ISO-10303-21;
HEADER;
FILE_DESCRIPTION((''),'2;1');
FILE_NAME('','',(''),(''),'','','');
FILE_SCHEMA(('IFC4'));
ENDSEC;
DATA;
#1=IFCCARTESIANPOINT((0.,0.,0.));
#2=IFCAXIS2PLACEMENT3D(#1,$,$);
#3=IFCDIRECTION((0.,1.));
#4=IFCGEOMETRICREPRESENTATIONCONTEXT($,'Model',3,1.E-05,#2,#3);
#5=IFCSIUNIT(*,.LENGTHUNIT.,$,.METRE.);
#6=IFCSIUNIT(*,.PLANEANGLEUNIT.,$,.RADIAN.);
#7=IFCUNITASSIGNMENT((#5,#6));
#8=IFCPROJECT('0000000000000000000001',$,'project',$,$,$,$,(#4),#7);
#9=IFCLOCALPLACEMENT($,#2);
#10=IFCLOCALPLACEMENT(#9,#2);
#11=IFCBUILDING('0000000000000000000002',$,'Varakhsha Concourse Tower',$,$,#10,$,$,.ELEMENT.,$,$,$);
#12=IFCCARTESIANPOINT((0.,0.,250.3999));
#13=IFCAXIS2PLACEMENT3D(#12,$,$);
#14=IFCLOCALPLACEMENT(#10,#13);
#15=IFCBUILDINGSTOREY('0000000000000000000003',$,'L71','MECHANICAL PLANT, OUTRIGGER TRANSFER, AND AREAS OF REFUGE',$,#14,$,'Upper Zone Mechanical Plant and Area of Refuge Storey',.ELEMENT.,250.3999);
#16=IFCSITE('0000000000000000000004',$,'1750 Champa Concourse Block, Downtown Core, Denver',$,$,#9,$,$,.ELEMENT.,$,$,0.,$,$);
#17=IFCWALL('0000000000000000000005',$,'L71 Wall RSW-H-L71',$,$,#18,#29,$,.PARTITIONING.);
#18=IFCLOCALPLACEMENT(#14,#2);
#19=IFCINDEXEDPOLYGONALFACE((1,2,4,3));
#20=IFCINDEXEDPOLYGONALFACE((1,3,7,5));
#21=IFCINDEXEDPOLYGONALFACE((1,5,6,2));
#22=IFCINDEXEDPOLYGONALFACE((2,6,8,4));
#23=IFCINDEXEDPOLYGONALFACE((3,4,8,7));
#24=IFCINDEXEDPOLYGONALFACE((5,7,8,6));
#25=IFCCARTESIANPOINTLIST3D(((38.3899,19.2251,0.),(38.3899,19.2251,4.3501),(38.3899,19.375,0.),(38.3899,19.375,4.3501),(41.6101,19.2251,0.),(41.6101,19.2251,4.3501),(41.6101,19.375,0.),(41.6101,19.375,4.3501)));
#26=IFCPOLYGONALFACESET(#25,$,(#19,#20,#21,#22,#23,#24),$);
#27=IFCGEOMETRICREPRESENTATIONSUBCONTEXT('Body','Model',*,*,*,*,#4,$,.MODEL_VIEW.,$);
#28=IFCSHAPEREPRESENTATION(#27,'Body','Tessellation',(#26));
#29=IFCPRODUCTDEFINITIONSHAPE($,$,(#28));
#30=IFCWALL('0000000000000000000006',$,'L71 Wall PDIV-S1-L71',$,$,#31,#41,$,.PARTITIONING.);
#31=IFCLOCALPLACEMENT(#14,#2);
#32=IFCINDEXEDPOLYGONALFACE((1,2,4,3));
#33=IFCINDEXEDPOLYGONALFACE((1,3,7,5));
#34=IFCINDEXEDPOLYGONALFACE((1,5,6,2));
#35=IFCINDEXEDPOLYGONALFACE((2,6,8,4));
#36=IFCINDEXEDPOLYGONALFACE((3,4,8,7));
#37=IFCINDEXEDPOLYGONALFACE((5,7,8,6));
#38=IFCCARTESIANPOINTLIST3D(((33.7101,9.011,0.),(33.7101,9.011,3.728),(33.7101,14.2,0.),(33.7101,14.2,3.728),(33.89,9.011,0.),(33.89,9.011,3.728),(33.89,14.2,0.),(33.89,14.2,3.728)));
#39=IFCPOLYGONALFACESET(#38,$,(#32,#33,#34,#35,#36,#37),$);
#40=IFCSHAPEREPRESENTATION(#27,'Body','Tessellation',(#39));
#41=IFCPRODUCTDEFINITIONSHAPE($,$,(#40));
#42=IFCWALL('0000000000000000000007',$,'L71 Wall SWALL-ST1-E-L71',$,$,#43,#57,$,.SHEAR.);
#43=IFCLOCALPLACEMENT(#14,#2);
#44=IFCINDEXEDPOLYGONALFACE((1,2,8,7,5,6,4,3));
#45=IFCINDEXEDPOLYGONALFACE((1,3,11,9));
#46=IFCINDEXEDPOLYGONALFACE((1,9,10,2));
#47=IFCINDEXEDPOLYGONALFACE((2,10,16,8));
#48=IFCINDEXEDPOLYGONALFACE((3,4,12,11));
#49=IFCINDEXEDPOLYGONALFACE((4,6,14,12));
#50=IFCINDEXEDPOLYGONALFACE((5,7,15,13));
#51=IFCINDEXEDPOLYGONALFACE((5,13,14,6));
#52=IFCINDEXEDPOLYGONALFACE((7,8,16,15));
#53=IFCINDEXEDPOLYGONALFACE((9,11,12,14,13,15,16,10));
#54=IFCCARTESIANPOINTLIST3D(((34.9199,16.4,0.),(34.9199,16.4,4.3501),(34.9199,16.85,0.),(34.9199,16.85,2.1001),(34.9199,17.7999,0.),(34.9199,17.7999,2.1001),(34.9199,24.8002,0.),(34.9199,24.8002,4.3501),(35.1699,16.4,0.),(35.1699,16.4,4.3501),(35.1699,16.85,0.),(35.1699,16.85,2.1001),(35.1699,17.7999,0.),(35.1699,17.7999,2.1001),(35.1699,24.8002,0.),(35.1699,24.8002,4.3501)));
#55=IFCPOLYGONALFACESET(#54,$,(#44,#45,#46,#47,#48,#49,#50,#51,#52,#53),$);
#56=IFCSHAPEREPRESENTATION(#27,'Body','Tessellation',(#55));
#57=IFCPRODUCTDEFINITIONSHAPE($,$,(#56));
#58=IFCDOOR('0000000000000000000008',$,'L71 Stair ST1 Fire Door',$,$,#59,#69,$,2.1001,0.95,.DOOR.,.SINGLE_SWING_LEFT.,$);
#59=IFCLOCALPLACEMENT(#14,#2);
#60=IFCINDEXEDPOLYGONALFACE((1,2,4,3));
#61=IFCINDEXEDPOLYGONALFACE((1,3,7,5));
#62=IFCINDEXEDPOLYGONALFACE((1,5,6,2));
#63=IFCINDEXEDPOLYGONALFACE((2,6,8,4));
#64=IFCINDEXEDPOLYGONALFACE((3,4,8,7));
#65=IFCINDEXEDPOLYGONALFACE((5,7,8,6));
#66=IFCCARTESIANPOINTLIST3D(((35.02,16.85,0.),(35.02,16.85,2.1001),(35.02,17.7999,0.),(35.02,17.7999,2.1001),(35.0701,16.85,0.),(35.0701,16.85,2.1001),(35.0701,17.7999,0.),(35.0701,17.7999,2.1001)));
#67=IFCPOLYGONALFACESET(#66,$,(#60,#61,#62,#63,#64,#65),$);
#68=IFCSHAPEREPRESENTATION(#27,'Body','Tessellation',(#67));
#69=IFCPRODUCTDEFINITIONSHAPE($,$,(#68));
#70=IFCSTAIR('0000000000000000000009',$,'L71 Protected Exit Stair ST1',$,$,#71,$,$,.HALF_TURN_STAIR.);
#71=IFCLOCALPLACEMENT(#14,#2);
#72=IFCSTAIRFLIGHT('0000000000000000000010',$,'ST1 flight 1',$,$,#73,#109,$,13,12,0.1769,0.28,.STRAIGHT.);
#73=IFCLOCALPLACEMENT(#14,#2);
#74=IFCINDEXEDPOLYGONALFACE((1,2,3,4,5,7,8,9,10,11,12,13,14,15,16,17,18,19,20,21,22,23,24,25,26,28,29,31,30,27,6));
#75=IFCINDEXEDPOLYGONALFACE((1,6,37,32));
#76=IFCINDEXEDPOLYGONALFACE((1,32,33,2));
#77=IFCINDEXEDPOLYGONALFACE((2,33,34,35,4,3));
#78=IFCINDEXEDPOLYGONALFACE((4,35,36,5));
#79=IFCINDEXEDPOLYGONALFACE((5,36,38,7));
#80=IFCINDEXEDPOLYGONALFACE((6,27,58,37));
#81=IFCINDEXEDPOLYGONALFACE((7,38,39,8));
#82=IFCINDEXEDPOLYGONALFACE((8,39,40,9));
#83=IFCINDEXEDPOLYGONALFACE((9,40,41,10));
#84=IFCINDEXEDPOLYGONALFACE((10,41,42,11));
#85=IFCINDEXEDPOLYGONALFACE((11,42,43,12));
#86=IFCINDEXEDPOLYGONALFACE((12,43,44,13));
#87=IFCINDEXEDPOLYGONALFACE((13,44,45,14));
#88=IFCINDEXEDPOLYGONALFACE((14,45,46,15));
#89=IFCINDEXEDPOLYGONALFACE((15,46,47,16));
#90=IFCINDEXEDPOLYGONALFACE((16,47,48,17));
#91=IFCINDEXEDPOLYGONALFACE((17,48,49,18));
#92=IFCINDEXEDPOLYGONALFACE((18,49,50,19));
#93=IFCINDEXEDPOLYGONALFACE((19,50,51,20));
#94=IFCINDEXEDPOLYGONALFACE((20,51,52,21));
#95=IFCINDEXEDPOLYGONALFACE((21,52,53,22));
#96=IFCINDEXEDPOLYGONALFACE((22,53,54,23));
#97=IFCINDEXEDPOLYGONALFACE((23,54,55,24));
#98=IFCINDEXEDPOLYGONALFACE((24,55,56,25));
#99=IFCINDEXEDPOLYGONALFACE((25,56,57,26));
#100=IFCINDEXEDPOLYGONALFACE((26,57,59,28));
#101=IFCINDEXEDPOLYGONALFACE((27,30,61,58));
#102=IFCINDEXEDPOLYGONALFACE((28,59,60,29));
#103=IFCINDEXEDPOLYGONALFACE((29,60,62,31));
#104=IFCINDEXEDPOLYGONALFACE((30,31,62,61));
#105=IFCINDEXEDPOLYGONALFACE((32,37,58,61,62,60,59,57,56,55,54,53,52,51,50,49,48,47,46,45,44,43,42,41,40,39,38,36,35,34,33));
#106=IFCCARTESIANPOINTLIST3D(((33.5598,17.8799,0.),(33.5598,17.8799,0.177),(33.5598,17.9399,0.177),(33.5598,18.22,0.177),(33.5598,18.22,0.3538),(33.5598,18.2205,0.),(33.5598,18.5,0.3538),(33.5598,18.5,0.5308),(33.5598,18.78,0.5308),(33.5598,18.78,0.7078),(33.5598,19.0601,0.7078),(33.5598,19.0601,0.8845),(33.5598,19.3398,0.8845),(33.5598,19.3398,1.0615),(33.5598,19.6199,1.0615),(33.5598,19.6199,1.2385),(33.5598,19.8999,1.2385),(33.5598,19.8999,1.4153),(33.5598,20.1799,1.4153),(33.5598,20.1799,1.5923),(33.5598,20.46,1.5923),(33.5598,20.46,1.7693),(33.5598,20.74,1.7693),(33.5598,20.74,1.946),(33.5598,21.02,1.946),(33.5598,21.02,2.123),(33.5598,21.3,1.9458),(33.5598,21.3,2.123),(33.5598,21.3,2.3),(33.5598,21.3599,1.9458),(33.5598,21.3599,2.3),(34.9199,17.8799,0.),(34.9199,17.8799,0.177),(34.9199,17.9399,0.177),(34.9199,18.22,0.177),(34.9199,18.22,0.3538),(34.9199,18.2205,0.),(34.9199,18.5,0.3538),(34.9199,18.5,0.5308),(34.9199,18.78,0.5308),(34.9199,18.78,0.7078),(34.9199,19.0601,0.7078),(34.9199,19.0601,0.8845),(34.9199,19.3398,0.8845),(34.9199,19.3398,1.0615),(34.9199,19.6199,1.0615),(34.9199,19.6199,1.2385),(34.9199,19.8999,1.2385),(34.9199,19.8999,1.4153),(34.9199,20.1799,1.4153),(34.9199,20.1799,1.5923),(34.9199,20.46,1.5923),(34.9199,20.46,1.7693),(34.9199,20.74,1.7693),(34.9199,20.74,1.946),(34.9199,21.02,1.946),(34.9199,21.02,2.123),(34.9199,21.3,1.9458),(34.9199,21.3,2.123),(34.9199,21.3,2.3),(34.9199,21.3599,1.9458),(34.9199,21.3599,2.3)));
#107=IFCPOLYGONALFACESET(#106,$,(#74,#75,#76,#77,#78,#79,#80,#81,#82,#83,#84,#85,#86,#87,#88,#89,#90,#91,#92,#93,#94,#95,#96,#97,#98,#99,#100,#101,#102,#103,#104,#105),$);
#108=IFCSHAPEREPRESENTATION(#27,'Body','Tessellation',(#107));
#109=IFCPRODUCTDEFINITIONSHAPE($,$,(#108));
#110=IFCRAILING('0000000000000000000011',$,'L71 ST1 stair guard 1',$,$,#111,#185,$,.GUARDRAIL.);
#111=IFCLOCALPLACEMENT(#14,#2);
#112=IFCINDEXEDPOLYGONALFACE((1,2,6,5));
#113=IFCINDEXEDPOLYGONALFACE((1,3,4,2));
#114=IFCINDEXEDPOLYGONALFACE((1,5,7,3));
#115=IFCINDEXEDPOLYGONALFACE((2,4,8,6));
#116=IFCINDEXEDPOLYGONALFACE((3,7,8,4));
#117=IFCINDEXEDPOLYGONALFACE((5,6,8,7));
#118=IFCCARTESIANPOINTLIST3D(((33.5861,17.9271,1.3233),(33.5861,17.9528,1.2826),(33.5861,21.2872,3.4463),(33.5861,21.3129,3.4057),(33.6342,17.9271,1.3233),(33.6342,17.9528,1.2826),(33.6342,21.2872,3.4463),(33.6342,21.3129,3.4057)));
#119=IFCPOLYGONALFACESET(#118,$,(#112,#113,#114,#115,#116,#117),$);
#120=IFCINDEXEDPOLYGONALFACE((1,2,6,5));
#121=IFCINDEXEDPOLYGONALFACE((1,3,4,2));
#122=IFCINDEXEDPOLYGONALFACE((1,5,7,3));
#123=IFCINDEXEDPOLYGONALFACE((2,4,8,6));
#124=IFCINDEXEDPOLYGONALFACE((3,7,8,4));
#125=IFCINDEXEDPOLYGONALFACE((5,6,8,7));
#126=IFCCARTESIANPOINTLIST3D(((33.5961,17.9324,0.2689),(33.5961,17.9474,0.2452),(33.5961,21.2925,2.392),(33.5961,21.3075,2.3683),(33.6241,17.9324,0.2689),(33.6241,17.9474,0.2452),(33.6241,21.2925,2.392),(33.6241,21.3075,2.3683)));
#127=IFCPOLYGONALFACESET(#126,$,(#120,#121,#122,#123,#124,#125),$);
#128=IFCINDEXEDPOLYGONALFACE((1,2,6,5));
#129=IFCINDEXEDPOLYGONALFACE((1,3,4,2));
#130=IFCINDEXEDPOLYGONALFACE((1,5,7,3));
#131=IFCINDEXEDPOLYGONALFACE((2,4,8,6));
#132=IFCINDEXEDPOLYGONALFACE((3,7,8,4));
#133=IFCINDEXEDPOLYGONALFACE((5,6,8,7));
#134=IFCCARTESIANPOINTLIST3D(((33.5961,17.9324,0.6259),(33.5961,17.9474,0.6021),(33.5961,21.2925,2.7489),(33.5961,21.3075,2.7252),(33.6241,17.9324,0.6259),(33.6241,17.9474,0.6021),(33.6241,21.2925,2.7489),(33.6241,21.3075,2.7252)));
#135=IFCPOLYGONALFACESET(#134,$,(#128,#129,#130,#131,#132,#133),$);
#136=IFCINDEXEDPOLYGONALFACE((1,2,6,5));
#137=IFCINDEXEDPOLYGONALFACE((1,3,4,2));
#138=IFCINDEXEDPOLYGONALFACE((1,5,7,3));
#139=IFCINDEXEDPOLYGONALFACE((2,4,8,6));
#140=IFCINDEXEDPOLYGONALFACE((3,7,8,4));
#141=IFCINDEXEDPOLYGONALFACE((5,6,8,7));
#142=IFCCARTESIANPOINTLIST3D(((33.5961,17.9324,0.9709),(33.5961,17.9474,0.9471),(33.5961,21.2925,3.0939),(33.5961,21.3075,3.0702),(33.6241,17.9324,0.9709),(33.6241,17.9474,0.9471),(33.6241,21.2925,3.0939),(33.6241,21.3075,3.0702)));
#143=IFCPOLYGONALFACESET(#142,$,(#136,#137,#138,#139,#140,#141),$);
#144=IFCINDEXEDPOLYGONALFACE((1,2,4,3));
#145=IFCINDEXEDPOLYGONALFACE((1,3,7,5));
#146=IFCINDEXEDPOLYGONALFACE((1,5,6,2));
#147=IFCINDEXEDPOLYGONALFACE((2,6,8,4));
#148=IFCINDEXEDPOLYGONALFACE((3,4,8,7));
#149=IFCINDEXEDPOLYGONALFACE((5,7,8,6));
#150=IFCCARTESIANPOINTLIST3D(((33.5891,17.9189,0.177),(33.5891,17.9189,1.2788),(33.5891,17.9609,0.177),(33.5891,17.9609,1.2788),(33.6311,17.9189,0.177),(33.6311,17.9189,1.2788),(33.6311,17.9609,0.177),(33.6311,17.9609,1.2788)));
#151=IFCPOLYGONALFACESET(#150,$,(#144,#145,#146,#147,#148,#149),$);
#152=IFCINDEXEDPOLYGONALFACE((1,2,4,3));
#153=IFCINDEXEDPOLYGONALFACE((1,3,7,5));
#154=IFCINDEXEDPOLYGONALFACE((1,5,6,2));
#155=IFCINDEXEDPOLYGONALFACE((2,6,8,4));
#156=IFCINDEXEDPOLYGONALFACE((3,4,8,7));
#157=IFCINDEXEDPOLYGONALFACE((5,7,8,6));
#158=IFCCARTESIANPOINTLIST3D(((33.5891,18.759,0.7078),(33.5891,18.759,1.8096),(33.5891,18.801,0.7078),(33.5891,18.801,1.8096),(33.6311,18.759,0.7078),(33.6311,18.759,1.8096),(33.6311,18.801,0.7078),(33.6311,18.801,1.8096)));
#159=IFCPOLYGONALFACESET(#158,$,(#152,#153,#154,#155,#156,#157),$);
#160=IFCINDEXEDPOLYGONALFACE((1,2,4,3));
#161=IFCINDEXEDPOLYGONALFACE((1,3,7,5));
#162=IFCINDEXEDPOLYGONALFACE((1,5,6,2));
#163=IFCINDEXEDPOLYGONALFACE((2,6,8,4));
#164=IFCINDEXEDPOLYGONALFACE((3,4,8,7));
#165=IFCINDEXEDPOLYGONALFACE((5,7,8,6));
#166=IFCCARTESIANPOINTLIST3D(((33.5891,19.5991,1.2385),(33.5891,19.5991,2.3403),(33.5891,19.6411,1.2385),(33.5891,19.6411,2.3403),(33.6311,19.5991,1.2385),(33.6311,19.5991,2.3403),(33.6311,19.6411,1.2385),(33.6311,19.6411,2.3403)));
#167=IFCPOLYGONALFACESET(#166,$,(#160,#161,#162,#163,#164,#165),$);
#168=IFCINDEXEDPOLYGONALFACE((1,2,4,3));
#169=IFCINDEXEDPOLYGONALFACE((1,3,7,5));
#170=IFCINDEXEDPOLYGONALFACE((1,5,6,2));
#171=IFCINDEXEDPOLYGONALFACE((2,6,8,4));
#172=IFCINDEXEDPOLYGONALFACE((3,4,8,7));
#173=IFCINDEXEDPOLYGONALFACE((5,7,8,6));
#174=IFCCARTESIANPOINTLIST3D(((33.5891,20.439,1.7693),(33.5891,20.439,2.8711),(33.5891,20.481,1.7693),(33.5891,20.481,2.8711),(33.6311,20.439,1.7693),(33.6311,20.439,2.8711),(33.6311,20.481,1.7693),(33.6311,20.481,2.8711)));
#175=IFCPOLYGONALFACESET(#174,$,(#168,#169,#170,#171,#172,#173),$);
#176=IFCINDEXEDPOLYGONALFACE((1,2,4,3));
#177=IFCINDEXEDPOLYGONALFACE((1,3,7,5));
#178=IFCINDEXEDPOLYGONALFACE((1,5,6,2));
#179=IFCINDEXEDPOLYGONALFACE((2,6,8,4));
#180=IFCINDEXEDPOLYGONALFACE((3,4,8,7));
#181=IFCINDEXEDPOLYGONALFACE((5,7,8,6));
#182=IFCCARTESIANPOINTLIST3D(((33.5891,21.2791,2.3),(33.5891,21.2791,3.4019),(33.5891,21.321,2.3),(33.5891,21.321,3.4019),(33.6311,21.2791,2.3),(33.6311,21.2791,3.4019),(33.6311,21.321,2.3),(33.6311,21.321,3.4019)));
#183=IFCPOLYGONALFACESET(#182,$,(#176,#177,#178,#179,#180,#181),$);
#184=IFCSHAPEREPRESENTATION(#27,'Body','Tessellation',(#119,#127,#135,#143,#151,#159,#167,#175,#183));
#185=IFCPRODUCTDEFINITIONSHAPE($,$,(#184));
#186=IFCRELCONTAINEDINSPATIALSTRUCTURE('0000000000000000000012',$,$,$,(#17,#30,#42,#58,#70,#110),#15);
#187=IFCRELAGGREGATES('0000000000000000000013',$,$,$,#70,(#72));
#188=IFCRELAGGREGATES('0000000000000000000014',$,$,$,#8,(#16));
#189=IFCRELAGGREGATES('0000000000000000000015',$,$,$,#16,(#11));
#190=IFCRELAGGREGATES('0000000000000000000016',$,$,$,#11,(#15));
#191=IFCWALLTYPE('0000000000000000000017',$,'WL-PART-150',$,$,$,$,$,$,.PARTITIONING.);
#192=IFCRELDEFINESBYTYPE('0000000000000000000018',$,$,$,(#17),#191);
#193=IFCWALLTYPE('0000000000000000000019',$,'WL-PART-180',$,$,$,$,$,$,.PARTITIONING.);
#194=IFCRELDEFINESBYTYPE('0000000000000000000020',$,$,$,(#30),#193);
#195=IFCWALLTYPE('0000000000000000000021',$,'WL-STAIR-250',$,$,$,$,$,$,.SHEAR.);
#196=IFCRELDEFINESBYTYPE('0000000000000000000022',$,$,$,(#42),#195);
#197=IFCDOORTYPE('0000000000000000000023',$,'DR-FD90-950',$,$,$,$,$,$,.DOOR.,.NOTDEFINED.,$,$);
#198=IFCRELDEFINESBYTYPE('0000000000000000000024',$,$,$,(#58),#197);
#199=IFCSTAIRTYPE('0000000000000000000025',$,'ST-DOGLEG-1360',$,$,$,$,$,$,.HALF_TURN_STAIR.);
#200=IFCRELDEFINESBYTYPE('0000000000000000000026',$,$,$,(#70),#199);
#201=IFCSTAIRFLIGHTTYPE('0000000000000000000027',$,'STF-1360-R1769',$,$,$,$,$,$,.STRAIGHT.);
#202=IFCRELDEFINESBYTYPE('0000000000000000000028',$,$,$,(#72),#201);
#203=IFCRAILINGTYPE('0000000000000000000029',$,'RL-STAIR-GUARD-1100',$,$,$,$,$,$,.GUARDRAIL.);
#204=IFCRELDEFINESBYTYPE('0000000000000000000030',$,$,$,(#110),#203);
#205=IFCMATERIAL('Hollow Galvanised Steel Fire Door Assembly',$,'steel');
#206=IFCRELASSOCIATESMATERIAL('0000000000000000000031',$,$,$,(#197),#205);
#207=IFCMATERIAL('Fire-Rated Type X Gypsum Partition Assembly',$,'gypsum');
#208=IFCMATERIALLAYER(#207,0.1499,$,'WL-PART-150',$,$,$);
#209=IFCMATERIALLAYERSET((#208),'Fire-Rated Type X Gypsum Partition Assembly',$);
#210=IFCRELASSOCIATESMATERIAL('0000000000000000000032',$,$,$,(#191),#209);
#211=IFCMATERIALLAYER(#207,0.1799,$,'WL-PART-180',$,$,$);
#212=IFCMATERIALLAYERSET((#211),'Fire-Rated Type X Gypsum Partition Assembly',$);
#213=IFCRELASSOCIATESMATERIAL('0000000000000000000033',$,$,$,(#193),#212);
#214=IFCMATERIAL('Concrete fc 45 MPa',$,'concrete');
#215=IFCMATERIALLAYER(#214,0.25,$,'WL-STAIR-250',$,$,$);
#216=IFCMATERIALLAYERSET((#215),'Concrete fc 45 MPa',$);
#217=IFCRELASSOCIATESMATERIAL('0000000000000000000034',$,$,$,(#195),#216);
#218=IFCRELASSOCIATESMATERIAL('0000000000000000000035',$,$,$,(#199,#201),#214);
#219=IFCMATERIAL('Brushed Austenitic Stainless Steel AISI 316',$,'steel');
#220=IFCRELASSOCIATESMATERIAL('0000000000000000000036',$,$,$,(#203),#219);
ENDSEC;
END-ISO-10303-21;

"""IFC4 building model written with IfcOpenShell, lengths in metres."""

from ifc_helpers import new_model, si_unit, direction, frame, frame_2d, origin, origin_2d, place, context, subcontext, project, spatial, polyline, rectangle, outline, extrude, material, layer, layer_set, type_object, element, fill, aggregate, save


model = new_model("IFC4")

# Units and contexts
model_context = context("Model", 3, precision=1e-05, world=origin(), true_north=direction((0.0, 1.0)))
body_context = subcontext(model_context, "Body", "Model", "MODEL_VIEW")
ifc_project = project(units=[si_unit("LENGTHUNIT", "METRE"), si_unit("PLANEANGLEUNIT", "RADIAN")], contexts=[model_context])

# Site, building, storey
site_placement = place(None, origin())
site = spatial("IfcSite", under=ifc_project, at=site_placement, Name="1750 Champa Concourse Block, Downtown Core, Denver", CompositionType="ELEMENT", RefElevation=0.0)
building_placement = place(site_placement, origin())
building = spatial("IfcBuilding", under=site, at=building_placement, Name="Varakhsha Concourse Tower", CompositionType="ELEMENT")
storey_placement = place(building_placement, frame((0.0, 0.0, 250.3999)))
storey = spatial("IfcBuildingStorey", under=building, at=storey_placement, Name="L71", Description="MECHANICAL PLANT, OUTRIGGER TRANSFER, AND AREAS OF REFUGE", LongName="Upper Zone Mechanical Plant and Area of Refuge Storey", CompositionType="ELEMENT", Elevation=250.3999)

# Shared definitions
ifc_material_1 = material(Name="Hollow Galvanised Steel Fire Door Assembly", Category="steel")
door_type_1 = type_object("IfcDoorType", Name="DR-FD90-950", OperationType="NOTDEFINED", PredefinedType="DOOR", material=ifc_material_1)

# Shared definitions
ifc_material_2 = material(Name="Fire-Rated Type X Gypsum Partition Assembly", Category="gypsum")

# Walls
ifc_layer_1 = layer(ifc_material_2, 0.1499, Name="WL-PART-150")
ifc_layer_set_1 = layer_set([ifc_layer_1], Name="Fire-Rated Type X Gypsum Partition Assembly")
wall_type_1 = type_object("IfcWallType", Name="WL-PART-150", PredefinedType="PARTITIONING", material=ifc_layer_set_1)
wall_1_placement = place(storey_placement, frame((38.3899, 19.3, 0.0), z_axis=(0.0, 0.0, 1.0), x_axis=(1.0, 0.0, 0.0)))
element("IfcWall", 1, at=wall_1_placement, inside=storey, type_object=wall_type_1, Name="L71 Wall RSW-H-L71", PredefinedType="PARTITIONING", context=body_context, shape_type="SweptSolid", body=[
    extrude(rectangle(XDim=3.2202, YDim=0.1499, at=frame_2d((1.6101, 0.0))), origin(), (0.0, 0.0, 1.0), 4.3501),
])
ifc_layer_2 = layer(ifc_material_2, 0.1799, Name="WL-PART-180")
ifc_layer_set_2 = layer_set([ifc_layer_2], Name="Fire-Rated Type X Gypsum Partition Assembly")
wall_type_2 = type_object("IfcWallType", Name="WL-PART-180", PredefinedType="PARTITIONING", material=ifc_layer_set_2)
wall_2_placement = place(storey_placement, frame((33.8, 9.011, 0.0), z_axis=(0.0, 0.0, 1.0), x_axis=(0.0, 1.0, 0.0)))
element("IfcWall", 2, at=wall_2_placement, inside=storey, type_object=wall_type_2, Name="L71 Wall PDIV-S1-L71", PredefinedType="PARTITIONING", context=body_context, shape_type="SweptSolid", body=[
    extrude(rectangle(XDim=5.189, YDim=0.1799, at=frame_2d((2.5945, 0.0))), origin(), (0.0, 0.0, 1.0), 3.728),
])

# Wall, opening, door
ifc_material_3 = material(Name="Concrete fc 45 MPa", Category="concrete")
ifc_layer_3 = layer(ifc_material_3, 0.25, Name="WL-STAIR-250")
ifc_layer_set_3 = layer_set([ifc_layer_3], Name="Concrete fc 45 MPa")
wall_type_3 = type_object("IfcWallType", Name="WL-STAIR-250", PredefinedType="SHEAR", material=ifc_layer_set_3)
wall_3_placement = place(storey_placement, frame((35.0449, 16.3999, 0.0), z_axis=(0.0, 0.0, 1.0), x_axis=(0.0, 1.0, 0.0)))
wall_3 = element("IfcWall", 3, at=wall_3_placement, inside=storey, type_object=wall_type_3, Name="L71 Wall SWALL-ST1-E-L71", PredefinedType="SHEAR", context=body_context, shape_type="SweptSolid", body=[
    extrude(rectangle(XDim=8.4001, YDim=0.25, at=frame_2d((4.2002, 0.0))), origin(), (0.0, 0.0, 1.0), 4.3501),
])
opening_1_placement = place(wall_3_placement, frame((0.45, 0.0, 0.0)))
opening_1 = element("IfcOpeningElement", 4, at=opening_1_placement, cuts=wall_3, PredefinedType="OPENING", context=body_context, shape_type="SweptSolid", body=[
    extrude(rectangle(XDim=0.95, YDim=2.1001, at=frame_2d((0.4751, 1.05))), frame((0.0, 0.135, 0.0), z_axis=(0.0, -1.0, 0.0), x_axis=(1.0, 0.0, 0.0)), (0.0, 0.0, 1.0), 0.27),
])
door_1_placement = place(opening_1_placement, origin())
door_1 = element("IfcDoor", 5, at=door_1_placement, inside=storey, type_object=door_type_1, Name="L71 Stair ST1 Fire Door", OperationType="SINGLE_SWING_LEFT", OverallHeight=2.1001, OverallWidth=0.95, PredefinedType="DOOR", context=body_context, shape_type="SweptSolid", body=[
    extrude(rectangle(XDim=0.95, YDim=2.1001, at=frame_2d((0.4751, 1.05))), frame((0.0, 0.0249, 0.0), z_axis=(0.0, -1.0, 0.0), x_axis=(1.0, 0.0, 0.0)), (0.0, 0.0, 1.0), 0.05),
])
fill(opening_1, door_1)

# Stair, stair flight
stair_type = type_object("IfcStairType", Name="ST-DOGLEG-1360", PredefinedType="HALF_TURN_STAIR", material=ifc_material_3)
stair_placement = place(storey_placement, origin())
stair = element("IfcStair", 6, at=stair_placement, inside=storey, type_object=stair_type, Name="L71 Protected Exit Stair ST1", PredefinedType="HALF_TURN_STAIR")
stair_flight_type = type_object("IfcStairFlightType", Name="STF-1360-R1769", PredefinedType="STRAIGHT", material=ifc_material_3)
stair_flight_placement = place(storey_placement, frame((34.24, 17.9399, 0.0), z_axis=(0.0, 0.0, 1.0), x_axis=(0.0, 1.0, 0.0)))
stair_flight = element("IfcStairFlight", 7, at=stair_flight_placement, type_object=stair_flight_type, Name="ST1 flight 1", NumberOfRisers=13, NumberOfTreads=12, PredefinedType="STRAIGHT", RiserHeight=0.1769, TreadLength=0.28, context=body_context, shape_type="SweptSolid", body=[
    extrude(outline(polyline([(-0.0601, 0.0), (-0.0601, 0.177), (0.0, 0.177), (0.28, 0.177), (0.28, 0.3538), (0.5601, 0.3538), (0.5601, 0.5308), (0.8401, 0.5308), (0.8401, 0.7078), (1.1201, 0.7078), (1.1201, 0.8845), (1.3999, 0.8845), (1.3999, 1.0615), (1.6799, 1.0615), (1.6799, 1.2385), (1.96, 1.2385), (1.96, 1.4153), (2.24, 1.4153), (2.24, 1.5923), (2.52, 1.5923), (2.52, 1.7693), (2.8, 1.7693), (2.8, 1.946), (3.0801, 1.946), (3.0801, 2.123), (3.3601, 2.123), (3.3601, 2.3), (3.4199, 2.3), (3.4199, 1.9458), (3.3601, 1.9458), (0.2805, 0.0), (-0.0601, 0.0)])), frame((0.0, 0.6802, 0.0), z_axis=(0.0, -1.0, 0.0), x_axis=(1.0, 0.0, 0.0)), (0.0, 0.0, 1.0), 1.3601),
])
aggregate(stair, [stair_flight])

# Railing
ifc_material_4 = material(Name="Brushed Austenitic Stainless Steel AISI 316", Category="steel")
railing_type_1 = type_object("IfcRailingType", Name="RL-STAIR-GUARD-1100", PredefinedType="GUARDRAIL", material=ifc_material_4)
railing_1_placement = place(storey_placement, frame((33.6101, 17.9399, 0.177)))
element("IfcRailing", 8, at=railing_1_placement, inside=storey, type_object=railing_type_1, Name="L71 ST1 stair guard 1", PredefinedType="GUARDRAIL", context=body_context, shape_type="SweptSolid", body=[
    extrude(rectangle(XDim=0.0481, YDim=0.0481, at=origin_2d()), frame((0.0, 0.0, 1.126), z_axis=(0.0, 0.84539, 0.53415), x_axis=(-1.0, 0.0, 0.0)), (0.0, 0.0, 1.0), 3.9746),
    extrude(rectangle(XDim=0.0281, YDim=0.0281, at=origin_2d()), frame((0.0, 0.0, 0.0801), z_axis=(0.0, 0.84539, 0.53415), x_axis=(-1.0, 0.0, 0.0)), (0.0, 0.0, 1.0), 3.9746),
    extrude(rectangle(XDim=0.0281, YDim=0.0281, at=origin_2d()), frame((0.0, 0.0, 0.437), z_axis=(0.0, 0.84539, 0.53415), x_axis=(-1.0, 0.0, 0.0)), (0.0, 0.0, 1.0), 3.9746),
    extrude(rectangle(XDim=0.0281, YDim=0.0281, at=origin_2d()), frame((0.0, 0.0, 0.782), z_axis=(0.0, 0.84539, 0.53415), x_axis=(-1.0, 0.0, 0.0)), (0.0, 0.0, 1.0), 3.9746),
    extrude(rectangle(XDim=0.042, YDim=0.042, at=origin_2d()), origin(), (0.0, 0.0, 1.0), 1.1018),
    extrude(rectangle(XDim=0.042, YDim=0.042, at=origin_2d()), frame((0.0, 0.8401, 0.5308)), (0.0, 0.0, 1.0), 1.1018),
    extrude(rectangle(XDim=0.042, YDim=0.042, at=origin_2d()), frame((0.0, 1.6802, 1.0615)), (0.0, 0.0, 1.0), 1.1018),
    extrude(rectangle(XDim=0.042, YDim=0.042, at=origin_2d()), frame((0.0, 2.52, 1.5923)), (0.0, 0.0, 1.0), 1.1018),
    extrude(rectangle(XDim=0.042, YDim=0.042, at=origin_2d()), frame((0.0, 3.3601, 2.123)), (0.0, 0.0, 1.0), 1.1018),
])

save(model, "model.ifc")
